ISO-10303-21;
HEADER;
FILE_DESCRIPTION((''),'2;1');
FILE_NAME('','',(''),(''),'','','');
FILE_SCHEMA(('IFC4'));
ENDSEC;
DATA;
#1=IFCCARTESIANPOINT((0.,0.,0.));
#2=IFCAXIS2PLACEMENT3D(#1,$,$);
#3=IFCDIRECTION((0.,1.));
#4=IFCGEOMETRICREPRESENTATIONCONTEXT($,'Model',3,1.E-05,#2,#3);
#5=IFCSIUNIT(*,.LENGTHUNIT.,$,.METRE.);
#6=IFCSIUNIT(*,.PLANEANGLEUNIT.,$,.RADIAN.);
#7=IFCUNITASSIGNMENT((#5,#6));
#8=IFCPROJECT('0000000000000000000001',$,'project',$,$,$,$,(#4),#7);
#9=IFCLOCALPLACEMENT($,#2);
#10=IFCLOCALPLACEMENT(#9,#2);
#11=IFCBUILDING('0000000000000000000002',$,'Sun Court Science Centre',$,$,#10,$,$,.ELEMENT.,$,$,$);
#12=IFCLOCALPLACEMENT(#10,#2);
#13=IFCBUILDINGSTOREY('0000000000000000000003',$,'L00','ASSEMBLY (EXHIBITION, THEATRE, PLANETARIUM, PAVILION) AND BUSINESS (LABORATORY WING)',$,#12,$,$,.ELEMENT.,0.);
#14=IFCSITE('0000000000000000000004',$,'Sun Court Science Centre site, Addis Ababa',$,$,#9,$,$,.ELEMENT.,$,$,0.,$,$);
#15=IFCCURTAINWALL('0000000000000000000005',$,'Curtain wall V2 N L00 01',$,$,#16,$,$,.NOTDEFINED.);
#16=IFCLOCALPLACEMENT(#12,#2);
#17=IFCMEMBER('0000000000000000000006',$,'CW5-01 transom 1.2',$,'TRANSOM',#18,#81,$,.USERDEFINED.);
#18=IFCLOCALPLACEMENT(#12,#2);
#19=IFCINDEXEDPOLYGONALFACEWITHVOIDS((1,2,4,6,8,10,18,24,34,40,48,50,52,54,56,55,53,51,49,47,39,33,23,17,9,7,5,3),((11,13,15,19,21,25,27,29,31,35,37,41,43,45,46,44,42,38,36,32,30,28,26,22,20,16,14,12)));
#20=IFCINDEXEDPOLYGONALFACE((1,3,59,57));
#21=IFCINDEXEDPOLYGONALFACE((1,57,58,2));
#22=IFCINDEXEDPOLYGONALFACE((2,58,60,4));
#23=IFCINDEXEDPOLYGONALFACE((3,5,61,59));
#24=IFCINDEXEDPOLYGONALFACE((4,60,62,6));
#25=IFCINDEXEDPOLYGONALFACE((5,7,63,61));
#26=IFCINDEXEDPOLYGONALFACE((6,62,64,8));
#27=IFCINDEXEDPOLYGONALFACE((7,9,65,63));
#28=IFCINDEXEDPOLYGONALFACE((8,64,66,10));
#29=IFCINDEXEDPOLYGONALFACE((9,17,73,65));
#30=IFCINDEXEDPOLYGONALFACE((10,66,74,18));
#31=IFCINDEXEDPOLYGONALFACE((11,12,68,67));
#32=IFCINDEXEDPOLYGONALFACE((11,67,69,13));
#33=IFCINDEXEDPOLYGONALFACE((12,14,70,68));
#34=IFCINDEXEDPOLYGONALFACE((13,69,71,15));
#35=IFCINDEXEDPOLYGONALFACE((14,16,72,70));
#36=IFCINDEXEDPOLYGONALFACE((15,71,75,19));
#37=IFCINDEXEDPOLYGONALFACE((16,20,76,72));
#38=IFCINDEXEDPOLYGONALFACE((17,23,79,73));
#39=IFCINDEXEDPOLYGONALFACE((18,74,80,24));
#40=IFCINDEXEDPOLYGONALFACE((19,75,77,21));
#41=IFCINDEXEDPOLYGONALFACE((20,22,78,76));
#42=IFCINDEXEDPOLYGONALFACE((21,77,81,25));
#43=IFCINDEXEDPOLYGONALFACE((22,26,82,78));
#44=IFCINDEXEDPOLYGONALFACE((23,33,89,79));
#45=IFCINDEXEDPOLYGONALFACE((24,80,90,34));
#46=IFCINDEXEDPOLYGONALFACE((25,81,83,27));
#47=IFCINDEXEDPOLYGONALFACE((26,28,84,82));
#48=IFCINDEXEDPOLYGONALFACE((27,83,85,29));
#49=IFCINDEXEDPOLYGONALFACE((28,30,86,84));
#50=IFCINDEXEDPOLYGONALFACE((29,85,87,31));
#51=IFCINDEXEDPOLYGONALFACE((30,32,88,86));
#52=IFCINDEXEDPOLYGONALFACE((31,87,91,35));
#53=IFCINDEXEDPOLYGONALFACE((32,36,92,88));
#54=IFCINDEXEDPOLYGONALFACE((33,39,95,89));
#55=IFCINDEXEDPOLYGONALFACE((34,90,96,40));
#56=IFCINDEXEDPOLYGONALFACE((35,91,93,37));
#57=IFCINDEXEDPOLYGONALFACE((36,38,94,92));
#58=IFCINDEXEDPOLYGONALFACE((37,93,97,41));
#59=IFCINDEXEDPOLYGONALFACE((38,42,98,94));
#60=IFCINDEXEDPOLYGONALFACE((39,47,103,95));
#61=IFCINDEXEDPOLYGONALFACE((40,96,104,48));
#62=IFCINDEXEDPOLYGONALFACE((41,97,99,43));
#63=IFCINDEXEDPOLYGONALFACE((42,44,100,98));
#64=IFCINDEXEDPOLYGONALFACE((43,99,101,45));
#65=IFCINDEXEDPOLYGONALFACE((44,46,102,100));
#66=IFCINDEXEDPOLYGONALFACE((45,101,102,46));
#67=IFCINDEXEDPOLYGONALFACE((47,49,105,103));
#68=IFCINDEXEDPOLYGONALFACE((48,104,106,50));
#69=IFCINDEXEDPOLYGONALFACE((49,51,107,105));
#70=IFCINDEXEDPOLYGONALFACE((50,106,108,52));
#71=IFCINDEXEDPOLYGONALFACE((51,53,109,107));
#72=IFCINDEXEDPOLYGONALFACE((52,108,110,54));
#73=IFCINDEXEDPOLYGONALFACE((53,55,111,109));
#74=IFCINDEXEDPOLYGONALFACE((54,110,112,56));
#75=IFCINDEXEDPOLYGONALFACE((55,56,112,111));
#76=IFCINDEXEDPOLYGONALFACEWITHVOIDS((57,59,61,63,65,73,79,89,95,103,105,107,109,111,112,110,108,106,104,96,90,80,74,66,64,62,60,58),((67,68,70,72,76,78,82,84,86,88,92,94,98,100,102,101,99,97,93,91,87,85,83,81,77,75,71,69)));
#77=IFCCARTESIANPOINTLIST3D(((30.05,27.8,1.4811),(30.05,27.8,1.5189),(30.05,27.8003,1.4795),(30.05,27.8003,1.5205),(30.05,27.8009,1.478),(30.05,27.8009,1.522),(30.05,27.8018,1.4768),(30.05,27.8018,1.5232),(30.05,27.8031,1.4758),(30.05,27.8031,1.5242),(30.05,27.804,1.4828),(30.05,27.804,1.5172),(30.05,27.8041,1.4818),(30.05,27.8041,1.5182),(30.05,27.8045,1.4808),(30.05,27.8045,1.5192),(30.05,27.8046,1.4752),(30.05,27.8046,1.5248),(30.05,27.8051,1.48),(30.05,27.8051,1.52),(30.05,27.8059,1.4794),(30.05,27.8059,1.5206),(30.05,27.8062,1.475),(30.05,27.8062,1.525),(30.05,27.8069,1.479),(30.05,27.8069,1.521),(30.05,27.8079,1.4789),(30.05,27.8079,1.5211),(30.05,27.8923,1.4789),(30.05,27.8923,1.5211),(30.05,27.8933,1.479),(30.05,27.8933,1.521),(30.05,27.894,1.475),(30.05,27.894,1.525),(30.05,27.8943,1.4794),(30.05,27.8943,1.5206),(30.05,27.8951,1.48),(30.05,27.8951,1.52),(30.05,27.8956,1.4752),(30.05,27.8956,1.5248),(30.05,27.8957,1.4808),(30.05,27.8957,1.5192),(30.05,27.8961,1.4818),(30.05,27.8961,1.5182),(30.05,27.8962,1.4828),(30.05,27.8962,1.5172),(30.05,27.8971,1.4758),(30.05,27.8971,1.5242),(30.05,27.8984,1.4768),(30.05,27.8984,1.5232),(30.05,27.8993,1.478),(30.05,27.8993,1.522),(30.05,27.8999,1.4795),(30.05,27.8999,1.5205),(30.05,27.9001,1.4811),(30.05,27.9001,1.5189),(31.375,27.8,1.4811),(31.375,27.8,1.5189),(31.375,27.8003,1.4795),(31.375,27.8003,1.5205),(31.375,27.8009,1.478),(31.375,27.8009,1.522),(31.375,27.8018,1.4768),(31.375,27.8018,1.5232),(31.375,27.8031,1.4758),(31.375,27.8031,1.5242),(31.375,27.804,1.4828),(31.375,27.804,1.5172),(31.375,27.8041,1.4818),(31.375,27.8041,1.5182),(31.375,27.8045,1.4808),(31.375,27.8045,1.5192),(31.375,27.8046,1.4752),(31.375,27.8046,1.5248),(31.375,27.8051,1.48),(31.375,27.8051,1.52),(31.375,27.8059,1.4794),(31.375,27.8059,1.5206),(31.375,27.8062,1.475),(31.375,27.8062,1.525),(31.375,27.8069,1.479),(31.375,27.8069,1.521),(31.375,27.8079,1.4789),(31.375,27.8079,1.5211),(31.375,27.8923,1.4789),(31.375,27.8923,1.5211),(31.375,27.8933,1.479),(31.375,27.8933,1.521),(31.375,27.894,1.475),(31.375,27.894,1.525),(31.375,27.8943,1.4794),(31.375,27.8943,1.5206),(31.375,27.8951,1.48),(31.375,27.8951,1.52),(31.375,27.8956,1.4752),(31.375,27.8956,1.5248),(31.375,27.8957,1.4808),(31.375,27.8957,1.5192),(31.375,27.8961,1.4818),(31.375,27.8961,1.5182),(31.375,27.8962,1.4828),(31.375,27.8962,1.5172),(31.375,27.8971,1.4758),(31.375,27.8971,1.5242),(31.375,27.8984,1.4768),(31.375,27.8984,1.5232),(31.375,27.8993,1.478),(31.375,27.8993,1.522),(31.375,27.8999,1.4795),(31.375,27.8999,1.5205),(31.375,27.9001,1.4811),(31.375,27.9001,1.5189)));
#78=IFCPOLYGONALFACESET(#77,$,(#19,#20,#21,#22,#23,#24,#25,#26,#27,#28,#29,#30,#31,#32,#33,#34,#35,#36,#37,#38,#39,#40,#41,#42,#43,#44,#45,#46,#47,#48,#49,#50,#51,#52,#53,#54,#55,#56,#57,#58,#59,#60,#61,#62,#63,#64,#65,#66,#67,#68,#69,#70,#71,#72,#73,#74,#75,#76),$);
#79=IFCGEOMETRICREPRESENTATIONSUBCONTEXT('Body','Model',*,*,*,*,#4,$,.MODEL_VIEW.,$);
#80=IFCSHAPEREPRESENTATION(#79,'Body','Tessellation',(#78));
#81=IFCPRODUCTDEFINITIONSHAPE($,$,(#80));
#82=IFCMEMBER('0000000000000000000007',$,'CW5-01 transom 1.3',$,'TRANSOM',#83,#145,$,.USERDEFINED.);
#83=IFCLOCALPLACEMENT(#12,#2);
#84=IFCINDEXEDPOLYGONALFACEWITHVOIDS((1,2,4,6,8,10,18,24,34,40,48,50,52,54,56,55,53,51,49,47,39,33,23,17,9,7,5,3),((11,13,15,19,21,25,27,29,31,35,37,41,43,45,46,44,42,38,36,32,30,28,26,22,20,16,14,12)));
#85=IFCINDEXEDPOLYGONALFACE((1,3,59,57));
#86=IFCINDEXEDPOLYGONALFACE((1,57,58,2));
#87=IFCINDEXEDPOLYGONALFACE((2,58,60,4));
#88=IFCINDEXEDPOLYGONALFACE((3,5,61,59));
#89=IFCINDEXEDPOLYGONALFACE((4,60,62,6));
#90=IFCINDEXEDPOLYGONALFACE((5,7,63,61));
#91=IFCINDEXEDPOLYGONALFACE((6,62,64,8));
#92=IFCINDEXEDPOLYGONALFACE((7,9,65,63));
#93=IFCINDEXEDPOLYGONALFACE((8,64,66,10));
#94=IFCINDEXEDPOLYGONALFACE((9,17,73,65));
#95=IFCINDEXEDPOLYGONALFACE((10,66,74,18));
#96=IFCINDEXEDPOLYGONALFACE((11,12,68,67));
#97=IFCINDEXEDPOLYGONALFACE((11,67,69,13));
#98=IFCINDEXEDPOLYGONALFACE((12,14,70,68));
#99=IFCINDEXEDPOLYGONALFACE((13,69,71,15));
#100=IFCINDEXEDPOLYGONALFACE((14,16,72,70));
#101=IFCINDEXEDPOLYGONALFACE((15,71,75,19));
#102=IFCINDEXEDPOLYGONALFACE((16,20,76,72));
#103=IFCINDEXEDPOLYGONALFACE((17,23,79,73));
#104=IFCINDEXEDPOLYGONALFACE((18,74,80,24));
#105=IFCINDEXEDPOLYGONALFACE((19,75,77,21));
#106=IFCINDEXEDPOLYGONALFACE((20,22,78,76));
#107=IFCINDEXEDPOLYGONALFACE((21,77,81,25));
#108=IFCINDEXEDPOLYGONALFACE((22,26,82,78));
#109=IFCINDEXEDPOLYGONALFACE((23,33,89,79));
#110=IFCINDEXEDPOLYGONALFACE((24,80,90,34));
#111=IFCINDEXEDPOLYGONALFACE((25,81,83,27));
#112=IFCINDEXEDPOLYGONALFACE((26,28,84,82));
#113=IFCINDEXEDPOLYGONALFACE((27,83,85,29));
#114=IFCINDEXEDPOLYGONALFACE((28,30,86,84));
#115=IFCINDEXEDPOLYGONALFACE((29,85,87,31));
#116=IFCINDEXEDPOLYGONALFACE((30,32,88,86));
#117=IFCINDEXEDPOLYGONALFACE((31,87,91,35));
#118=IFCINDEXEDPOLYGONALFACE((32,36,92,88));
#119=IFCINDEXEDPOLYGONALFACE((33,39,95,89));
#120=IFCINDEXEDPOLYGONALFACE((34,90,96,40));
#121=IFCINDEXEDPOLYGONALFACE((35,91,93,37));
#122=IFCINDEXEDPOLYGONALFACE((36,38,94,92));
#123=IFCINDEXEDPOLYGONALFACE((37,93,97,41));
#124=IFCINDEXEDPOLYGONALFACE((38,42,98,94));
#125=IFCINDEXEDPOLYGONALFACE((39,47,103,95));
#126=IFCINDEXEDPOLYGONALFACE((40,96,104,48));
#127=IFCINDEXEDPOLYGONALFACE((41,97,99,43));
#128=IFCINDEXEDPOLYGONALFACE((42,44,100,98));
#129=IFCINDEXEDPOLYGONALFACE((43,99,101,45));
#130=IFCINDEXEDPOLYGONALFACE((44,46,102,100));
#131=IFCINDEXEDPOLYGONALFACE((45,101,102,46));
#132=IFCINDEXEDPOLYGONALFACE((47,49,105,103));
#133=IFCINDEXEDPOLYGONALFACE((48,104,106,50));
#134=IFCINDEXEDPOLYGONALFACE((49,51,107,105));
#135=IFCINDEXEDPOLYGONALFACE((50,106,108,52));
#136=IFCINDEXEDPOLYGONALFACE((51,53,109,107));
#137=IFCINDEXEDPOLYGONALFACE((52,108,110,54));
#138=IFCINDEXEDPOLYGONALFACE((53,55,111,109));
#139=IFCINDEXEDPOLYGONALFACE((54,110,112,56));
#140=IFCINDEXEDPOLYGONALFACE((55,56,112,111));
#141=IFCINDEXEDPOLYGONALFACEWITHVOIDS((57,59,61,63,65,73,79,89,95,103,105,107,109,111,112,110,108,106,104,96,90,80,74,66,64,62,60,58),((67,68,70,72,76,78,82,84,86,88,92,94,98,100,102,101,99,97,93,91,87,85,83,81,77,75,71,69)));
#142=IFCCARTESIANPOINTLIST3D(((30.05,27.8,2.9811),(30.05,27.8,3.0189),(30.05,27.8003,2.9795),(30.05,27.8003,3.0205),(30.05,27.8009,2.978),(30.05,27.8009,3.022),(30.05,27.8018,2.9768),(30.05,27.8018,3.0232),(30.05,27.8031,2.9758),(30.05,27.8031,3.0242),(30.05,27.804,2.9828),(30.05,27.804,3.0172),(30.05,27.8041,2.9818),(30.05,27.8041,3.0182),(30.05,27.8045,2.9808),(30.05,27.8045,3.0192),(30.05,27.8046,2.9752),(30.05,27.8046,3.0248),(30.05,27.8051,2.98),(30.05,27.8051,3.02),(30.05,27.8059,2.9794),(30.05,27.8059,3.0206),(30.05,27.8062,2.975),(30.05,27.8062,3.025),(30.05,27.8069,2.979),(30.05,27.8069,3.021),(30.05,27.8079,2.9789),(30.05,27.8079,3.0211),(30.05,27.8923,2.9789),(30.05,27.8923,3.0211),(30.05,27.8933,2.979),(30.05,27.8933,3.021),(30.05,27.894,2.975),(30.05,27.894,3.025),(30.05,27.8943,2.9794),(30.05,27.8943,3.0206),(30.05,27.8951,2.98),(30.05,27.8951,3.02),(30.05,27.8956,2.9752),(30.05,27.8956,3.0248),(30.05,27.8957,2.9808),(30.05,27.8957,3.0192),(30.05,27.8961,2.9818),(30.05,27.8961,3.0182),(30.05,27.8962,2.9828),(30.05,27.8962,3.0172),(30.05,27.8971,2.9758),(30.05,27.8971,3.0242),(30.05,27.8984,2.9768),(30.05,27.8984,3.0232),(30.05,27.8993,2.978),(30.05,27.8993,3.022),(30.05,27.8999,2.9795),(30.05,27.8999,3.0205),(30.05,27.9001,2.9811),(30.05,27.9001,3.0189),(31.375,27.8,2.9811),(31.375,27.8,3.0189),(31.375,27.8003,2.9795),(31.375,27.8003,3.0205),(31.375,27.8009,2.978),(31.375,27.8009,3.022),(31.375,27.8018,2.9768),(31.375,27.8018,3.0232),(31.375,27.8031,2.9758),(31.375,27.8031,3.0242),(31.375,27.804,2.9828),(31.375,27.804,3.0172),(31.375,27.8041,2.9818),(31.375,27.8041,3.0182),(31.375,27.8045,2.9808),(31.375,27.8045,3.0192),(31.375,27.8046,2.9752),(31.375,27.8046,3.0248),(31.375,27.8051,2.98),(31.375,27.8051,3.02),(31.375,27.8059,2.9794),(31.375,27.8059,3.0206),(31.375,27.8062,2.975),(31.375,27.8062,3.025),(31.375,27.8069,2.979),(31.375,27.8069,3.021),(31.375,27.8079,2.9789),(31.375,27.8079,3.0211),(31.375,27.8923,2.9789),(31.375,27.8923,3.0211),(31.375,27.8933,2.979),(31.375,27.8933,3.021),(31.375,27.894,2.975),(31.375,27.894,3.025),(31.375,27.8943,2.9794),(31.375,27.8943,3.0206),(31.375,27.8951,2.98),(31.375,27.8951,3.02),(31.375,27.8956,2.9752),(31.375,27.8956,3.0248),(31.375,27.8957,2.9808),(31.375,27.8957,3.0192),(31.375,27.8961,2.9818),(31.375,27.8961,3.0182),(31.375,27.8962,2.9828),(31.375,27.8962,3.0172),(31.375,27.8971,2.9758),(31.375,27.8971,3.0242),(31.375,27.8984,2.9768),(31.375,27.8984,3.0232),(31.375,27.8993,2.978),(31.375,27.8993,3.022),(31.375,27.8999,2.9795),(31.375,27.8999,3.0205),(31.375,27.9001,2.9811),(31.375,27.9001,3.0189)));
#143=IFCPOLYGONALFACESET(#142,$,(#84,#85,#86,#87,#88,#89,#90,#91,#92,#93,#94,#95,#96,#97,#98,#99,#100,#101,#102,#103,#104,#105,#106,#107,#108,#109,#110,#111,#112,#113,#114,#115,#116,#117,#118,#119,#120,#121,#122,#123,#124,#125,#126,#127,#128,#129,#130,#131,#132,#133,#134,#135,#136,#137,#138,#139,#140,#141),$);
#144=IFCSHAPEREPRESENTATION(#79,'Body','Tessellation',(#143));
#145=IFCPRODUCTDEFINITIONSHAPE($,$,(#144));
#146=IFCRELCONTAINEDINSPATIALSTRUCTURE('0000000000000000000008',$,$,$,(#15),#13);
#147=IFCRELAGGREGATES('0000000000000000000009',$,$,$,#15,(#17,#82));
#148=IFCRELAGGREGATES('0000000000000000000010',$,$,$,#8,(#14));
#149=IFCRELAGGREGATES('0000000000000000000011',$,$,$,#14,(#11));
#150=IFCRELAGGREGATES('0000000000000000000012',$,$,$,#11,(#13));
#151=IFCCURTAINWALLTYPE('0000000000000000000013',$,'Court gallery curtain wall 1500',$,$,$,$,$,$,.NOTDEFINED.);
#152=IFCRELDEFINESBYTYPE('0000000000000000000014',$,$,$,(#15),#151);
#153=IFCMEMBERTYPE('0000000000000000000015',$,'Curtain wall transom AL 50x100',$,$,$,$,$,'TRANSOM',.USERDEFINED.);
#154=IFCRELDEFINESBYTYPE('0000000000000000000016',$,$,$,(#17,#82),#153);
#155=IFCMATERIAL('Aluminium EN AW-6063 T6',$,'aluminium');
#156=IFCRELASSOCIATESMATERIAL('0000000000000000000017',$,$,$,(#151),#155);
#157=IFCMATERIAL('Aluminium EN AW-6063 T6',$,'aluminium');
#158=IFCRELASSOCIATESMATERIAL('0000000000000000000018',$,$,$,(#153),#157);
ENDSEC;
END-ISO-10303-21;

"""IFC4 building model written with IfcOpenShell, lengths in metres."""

from ifc_helpers import new_model, si_unit, direction, frame, origin, origin_2d, place, context, subcontext, project, spatial, hollow_rectangle, extrude, material, material_profile, profile_set, type_object, element, aggregate, save


model = new_model("IFC4")

# Units and contexts
model_context = context("Model", 3, precision=1e-05, world=origin(), true_north=direction((0.0, 1.0)))
body_context = subcontext(model_context, "Body", "Model", "MODEL_VIEW")
ifc_project = project(units=[si_unit("LENGTHUNIT", "METRE"), si_unit("PLANEANGLEUNIT", "RADIAN")], contexts=[model_context])

# Site, building, storey
site_placement = place(None, origin())
site = spatial("IfcSite", under=ifc_project, at=site_placement, Name="Sun Court Science Centre site, Addis Ababa", CompositionType="ELEMENT", RefElevation=0.0)
building_placement = place(site_placement, origin())
building = spatial("IfcBuilding", under=site, at=building_placement, Name="Sun Court Science Centre", CompositionType="ELEMENT")
storey_placement = place(building_placement, origin())
storey = spatial("IfcBuildingStorey", under=building, at=storey_placement, Name="L00", Description="ASSEMBLY (EXHIBITION, THEATRE, PLANETARIUM, PAVILION) AND BUSINESS (LABORATORY WING)", CompositionType="ELEMENT", Elevation=0.0)

# Curtain wall, members
ifc_material_1 = material(Name="Aluminium EN AW-6063 T6", Category="aluminium")
curtain_wall_type = type_object("IfcCurtainWallType", Name="Court gallery curtain wall 1500", PredefinedType="NOTDEFINED", material=ifc_material_1)
curtain_wall_placement = place(storey_placement, origin())
curtain_wall = element("IfcCurtainWall", 1, at=curtain_wall_placement, inside=storey, type_object=curtain_wall_type, Name="Curtain wall V2 N L00 01", PredefinedType="NOTDEFINED")
ifc_material_2 = material(Name="Aluminium EN AW-6063 T6", Category="aluminium")
ifc_material_profile_1 = material_profile(ifc_material_2, hollow_rectangle(XDim=0.05, YDim=0.1001, WallThickness=0.0039, InnerFilletRadius=0.0039, OuterFilletRadius=0.0061, at=origin_2d()), Name="AL 50x100x4")
ifc_profile_set_1 = profile_set([ifc_material_profile_1], Name="Aluminium EN AW-6063 T6")
member_type_1 = type_object("IfcMemberType", Name="Curtain wall transom AL 50x100", ElementType="TRANSOM", PredefinedType="USERDEFINED", material=ifc_profile_set_1)
member_1_placement = place(storey_placement, frame((30.05, 27.8501, 1.5), z_axis=(1.0, 0.0, 0.0), x_axis=(0.0, 0.0, 1.0)))
member_1 = element("IfcMember", 2, at=member_1_placement, type_object=member_type_1, Name="CW5-01 transom 1.2", ObjectType="TRANSOM", PredefinedType="USERDEFINED", context=body_context, shape_type="SweptSolid", body=[
    extrude(hollow_rectangle(XDim=0.05, YDim=0.1001, WallThickness=0.0039, InnerFilletRadius=0.0039, OuterFilletRadius=0.0061, at=origin_2d()), origin(), (0.0, 0.0, 1.0), 1.325),
])
member_2_placement = place(storey_placement, frame((30.05, 27.8501, 3.0), z_axis=(1.0, 0.0, 0.0), x_axis=(0.0, 0.0, 1.0)))
member_2 = element("IfcMember", 3, at=member_2_placement, type_object=member_type_1, Name="CW5-01 transom 1.3", ObjectType="TRANSOM", PredefinedType="USERDEFINED", context=body_context, shape_type="SweptSolid", body=[
    extrude(hollow_rectangle(XDim=0.05, YDim=0.1001, WallThickness=0.0039, InnerFilletRadius=0.0039, OuterFilletRadius=0.0061, at=origin_2d()), origin(), (0.0, 0.0, 1.0), 1.325),
])

aggregate(curtain_wall, [member_1, member_2])

save(model, "model.ifc")
